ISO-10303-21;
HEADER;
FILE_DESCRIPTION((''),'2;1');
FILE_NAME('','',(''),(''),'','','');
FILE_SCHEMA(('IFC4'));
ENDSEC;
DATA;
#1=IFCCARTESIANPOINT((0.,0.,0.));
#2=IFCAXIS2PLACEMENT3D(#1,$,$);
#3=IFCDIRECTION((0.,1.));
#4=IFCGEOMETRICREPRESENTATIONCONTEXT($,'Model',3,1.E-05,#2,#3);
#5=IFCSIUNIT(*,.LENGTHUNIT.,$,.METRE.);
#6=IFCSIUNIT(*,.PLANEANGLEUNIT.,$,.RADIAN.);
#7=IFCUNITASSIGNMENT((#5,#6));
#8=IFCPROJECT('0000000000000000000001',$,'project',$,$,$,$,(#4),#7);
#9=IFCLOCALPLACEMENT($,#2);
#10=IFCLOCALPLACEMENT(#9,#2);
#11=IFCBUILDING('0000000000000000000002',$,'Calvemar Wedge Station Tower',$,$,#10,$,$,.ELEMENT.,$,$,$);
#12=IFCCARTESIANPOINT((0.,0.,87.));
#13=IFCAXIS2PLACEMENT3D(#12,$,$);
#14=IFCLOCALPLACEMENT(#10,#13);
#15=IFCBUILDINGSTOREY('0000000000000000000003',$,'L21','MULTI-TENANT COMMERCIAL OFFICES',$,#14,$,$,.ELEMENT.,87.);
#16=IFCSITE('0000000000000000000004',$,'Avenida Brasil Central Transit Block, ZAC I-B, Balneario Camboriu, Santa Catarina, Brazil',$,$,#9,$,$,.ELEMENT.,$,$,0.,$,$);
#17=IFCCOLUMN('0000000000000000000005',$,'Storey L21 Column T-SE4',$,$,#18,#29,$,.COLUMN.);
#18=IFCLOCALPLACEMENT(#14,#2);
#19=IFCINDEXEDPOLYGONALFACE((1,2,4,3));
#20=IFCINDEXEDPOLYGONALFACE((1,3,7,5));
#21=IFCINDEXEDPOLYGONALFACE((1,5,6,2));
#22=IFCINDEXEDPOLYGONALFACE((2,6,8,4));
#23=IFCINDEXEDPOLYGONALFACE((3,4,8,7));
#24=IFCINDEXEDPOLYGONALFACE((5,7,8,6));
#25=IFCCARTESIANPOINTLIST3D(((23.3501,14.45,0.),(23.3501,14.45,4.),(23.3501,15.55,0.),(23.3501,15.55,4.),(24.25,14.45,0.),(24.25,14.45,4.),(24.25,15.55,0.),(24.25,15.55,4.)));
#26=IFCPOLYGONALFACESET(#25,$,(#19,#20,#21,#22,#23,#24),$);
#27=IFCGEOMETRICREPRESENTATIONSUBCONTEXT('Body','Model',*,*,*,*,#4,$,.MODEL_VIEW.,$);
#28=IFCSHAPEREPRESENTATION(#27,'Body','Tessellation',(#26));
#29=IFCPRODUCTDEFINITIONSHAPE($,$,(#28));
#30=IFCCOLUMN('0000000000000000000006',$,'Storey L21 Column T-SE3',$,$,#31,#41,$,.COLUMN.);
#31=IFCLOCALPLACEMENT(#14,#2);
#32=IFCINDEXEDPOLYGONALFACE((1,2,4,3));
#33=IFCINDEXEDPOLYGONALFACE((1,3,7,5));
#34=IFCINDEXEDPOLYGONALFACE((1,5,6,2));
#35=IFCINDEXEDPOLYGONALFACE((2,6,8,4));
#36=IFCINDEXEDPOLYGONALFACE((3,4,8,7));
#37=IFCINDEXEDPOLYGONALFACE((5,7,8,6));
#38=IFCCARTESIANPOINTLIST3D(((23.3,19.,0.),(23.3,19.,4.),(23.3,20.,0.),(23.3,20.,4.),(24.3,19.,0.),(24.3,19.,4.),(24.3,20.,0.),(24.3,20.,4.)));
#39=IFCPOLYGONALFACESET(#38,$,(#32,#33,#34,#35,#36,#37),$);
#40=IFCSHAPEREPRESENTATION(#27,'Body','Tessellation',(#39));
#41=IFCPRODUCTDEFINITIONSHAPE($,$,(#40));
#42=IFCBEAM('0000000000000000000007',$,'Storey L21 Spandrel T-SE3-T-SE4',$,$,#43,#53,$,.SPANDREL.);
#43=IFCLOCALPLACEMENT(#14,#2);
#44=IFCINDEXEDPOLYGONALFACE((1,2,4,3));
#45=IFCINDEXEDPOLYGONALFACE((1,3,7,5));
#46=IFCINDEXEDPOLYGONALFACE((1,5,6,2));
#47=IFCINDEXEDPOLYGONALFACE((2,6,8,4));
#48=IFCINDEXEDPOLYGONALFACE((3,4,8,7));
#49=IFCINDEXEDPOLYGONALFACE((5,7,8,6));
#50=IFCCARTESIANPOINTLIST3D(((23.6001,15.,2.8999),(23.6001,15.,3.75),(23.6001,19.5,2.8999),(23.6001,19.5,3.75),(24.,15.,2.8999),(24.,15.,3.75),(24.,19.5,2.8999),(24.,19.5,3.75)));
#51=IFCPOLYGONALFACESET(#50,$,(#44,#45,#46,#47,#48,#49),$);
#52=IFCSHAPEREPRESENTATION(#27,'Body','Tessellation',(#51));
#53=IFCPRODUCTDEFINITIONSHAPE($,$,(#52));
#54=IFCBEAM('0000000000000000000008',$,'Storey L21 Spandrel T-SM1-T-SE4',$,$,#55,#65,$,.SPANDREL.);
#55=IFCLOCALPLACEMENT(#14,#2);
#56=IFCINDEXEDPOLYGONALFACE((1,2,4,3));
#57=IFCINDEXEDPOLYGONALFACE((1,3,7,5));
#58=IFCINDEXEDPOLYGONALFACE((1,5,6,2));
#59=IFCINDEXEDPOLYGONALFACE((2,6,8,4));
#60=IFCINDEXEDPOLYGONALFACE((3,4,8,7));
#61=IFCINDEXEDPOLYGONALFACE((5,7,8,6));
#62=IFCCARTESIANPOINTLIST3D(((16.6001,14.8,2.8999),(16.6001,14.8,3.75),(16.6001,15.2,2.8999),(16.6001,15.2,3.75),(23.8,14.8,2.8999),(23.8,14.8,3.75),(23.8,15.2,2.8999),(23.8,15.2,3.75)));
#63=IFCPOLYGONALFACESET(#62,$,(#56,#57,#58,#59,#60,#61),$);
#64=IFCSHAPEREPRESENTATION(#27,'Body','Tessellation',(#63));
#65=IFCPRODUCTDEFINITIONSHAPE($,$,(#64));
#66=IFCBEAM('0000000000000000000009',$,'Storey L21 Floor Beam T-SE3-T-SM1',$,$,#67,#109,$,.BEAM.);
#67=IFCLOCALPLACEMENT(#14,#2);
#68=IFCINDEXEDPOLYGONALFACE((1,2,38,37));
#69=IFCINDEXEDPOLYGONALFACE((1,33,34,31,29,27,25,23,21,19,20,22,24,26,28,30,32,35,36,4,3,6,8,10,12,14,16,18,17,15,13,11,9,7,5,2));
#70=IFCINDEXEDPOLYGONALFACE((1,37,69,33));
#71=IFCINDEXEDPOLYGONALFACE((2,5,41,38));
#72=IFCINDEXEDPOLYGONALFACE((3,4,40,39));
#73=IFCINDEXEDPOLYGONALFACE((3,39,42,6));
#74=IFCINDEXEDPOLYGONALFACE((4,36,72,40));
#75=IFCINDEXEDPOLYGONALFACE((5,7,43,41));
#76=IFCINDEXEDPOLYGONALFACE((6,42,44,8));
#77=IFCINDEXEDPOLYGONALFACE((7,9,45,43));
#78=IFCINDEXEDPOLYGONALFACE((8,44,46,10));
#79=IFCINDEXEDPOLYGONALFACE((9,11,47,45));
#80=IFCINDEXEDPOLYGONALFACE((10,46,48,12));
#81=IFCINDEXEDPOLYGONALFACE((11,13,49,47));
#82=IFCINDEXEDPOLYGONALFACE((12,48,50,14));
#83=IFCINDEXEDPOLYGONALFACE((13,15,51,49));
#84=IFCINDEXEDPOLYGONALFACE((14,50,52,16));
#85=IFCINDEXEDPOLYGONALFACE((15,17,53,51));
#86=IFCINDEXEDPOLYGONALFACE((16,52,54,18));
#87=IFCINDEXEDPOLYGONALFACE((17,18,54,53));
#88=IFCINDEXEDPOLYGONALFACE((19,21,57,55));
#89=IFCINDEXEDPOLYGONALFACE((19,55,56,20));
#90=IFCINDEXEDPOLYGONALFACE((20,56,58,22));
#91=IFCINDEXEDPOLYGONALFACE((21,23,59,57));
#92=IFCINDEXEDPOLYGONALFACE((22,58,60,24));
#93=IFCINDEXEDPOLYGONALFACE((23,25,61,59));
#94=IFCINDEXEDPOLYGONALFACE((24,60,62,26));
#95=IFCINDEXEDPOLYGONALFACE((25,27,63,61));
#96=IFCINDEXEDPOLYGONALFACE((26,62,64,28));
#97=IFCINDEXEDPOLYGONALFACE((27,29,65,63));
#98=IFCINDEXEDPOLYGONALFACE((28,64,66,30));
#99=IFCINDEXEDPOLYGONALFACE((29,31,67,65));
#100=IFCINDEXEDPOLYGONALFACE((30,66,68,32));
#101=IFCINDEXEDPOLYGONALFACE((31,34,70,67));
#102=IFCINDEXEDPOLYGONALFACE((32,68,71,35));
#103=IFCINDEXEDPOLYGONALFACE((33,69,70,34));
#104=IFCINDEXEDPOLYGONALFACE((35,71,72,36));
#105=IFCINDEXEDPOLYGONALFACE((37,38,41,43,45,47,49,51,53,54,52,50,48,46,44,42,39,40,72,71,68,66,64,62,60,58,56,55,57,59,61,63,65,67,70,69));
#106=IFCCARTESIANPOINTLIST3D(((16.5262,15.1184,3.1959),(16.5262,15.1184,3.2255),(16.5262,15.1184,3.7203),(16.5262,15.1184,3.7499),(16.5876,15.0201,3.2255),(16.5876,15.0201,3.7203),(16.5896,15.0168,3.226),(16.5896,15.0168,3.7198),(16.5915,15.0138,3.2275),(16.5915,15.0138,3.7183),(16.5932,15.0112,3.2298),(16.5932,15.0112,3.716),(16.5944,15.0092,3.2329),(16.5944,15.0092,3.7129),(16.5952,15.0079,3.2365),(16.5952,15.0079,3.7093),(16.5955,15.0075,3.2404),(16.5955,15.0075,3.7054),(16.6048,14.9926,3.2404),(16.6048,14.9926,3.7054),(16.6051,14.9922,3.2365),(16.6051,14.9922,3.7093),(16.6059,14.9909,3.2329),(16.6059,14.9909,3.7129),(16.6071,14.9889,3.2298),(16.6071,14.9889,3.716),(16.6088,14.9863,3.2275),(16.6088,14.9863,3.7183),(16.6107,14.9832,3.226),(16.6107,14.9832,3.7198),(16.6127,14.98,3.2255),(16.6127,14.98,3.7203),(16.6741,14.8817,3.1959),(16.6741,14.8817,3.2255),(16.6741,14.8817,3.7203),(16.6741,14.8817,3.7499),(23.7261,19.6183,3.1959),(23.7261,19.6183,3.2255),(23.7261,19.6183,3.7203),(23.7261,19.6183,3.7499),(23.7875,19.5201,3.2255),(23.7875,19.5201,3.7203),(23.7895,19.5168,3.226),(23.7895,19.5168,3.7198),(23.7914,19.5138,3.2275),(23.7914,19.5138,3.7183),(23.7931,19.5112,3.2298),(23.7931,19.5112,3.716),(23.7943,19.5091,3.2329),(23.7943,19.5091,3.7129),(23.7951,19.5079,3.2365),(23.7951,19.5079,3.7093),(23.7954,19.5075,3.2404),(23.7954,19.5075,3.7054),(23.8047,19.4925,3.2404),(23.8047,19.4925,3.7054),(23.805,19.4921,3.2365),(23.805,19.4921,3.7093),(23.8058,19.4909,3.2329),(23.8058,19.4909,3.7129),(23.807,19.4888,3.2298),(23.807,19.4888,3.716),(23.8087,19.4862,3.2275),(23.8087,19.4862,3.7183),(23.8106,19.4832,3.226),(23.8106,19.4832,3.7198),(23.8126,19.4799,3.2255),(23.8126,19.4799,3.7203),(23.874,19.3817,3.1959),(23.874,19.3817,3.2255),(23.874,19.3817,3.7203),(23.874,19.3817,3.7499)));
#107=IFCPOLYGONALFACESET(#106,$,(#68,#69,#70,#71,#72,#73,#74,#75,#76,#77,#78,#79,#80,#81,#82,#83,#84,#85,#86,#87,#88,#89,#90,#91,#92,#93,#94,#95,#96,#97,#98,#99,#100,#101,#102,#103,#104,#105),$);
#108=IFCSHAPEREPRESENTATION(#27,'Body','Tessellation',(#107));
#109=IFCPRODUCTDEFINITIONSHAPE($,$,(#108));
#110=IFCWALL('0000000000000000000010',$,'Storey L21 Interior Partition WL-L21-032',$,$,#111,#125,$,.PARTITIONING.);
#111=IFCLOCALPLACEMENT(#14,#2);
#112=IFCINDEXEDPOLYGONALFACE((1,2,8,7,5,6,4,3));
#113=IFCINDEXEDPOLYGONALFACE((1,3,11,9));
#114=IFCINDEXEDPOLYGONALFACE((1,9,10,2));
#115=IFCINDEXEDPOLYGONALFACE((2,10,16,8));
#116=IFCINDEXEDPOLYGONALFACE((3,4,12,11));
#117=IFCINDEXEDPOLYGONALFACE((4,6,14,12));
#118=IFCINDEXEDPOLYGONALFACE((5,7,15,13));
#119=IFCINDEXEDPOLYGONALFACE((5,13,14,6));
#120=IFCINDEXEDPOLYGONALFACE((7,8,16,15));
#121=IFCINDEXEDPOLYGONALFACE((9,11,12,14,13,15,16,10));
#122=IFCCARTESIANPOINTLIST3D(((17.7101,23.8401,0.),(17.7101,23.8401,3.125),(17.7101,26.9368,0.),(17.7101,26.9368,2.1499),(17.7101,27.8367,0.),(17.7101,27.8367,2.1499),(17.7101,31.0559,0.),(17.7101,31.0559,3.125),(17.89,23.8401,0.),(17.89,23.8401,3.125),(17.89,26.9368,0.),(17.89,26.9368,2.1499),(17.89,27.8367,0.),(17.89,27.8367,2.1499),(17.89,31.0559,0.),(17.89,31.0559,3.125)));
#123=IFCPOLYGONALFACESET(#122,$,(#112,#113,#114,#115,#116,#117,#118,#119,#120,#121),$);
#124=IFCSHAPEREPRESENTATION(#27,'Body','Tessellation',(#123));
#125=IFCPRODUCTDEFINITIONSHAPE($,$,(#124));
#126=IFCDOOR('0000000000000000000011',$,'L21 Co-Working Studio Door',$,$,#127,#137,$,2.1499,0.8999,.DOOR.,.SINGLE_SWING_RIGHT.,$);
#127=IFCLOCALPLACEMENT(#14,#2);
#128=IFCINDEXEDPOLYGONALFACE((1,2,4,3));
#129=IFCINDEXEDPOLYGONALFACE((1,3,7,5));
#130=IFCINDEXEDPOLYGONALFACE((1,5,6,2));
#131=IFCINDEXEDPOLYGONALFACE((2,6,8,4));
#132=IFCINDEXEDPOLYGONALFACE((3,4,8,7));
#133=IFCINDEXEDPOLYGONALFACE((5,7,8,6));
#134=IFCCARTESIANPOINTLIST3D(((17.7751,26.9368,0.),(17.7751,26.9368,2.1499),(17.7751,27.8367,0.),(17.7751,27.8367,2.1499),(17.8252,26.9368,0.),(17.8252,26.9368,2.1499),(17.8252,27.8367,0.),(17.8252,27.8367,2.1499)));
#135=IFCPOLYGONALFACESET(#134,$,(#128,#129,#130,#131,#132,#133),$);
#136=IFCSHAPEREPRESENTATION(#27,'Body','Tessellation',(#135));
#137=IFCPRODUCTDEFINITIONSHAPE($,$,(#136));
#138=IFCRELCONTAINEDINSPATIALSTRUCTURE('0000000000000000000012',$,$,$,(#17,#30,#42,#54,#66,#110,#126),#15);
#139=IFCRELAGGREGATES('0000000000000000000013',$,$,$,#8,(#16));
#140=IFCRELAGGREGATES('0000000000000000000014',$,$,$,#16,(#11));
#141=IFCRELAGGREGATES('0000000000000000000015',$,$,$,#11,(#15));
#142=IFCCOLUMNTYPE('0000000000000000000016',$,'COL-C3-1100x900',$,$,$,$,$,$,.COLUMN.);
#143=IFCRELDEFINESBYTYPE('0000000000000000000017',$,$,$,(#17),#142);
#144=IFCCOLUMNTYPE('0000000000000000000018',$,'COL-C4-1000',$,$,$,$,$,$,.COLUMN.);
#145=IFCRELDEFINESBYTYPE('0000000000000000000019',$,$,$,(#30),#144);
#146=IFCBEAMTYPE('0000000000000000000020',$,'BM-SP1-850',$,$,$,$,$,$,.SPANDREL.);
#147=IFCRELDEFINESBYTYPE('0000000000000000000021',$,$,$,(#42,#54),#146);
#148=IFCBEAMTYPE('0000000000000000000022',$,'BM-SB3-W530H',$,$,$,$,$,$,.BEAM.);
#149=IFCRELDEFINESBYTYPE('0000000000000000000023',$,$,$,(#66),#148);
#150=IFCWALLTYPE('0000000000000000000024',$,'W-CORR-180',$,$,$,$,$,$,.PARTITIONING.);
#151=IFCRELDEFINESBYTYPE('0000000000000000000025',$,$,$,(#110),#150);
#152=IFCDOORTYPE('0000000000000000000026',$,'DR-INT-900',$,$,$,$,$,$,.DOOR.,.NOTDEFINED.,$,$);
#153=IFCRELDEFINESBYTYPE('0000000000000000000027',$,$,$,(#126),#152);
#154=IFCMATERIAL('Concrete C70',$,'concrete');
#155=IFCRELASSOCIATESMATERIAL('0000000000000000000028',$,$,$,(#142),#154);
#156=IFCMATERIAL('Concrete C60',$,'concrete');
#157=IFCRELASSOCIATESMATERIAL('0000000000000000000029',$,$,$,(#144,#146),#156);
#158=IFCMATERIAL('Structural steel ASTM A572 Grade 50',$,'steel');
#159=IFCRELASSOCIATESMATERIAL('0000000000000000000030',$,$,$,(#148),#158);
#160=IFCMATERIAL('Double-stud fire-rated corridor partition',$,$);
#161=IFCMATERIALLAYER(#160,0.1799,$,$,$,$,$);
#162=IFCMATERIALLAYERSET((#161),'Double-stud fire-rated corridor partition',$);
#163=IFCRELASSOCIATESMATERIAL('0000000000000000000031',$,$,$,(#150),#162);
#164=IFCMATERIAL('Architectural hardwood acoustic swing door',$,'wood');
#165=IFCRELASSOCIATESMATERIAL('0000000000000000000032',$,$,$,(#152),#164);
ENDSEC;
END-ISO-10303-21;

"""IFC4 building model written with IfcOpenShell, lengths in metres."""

from ifc_helpers import new_model, si_unit, direction, frame, frame_2d, origin, origin_2d, place, context, subcontext, project, spatial, rectangle, i_section, extrude, source, transform, mapped, material, layer, layer_set, material_profile, profile_set, type_object, element, fill, save


model = new_model("IFC4")

# Units and contexts
model_context = context("Model", 3, precision=1e-05, world=origin(), true_north=direction((0.0, 1.0)))
body_context = subcontext(model_context, "Body", "Model", "MODEL_VIEW")
ifc_project = project(units=[si_unit("LENGTHUNIT", "METRE"), si_unit("PLANEANGLEUNIT", "RADIAN")], contexts=[model_context])

# Site, building, storey
site_placement = place(None, origin())
site = spatial("IfcSite", under=ifc_project, at=site_placement, Name="Avenida Brasil Central Transit Block, ZAC I-B, Balneario Camboriu, Santa Catarina, Brazil", CompositionType="ELEMENT", RefElevation=0.0)
building_placement = place(site_placement, origin())
building = spatial("IfcBuilding", under=site, at=building_placement, Name="Calvemar Wedge Station Tower", CompositionType="ELEMENT")
storey_placement = place(building_placement, frame((0.0, 0.0, 87.0)))
storey = spatial("IfcBuildingStorey", under=building, at=storey_placement, Name="L21", Description="MULTI-TENANT COMMERCIAL OFFICES", CompositionType="ELEMENT", Elevation=87.0)

# Columns
ifc_material_1 = material(Name="Concrete C70", Category="concrete")
ifc_material_profile_1 = material_profile(ifc_material_1, rectangle(XDim=0.8999, YDim=1.1001, at=origin_2d()), Name="RC1100x900")
ifc_profile_set_1 = profile_set([ifc_material_profile_1], Name="Concrete C70")
column_type_1 = type_object("IfcColumnType", Name="COL-C3-1100x900", PredefinedType="COLUMN", material=ifc_profile_set_1)
shared_shape_1 = source(origin(), body_context, "Body", "SweptSolid", [
    extrude(rectangle(XDim=0.8999, YDim=1.1001, at=origin_2d()), origin(), (0.0, 0.0, 1.0), 4.0),
])
column_1_placement = place(storey_placement, frame((23.8, 15.0, 0.0), z_axis=(0.0, 0.0, 1.0), x_axis=(1.0, 0.0, 0.0)))
element("IfcColumn", 1, at=column_1_placement, inside=storey, type_object=column_type_1, Name="Storey L21 Column T-SE4", PredefinedType="COLUMN", context=body_context, shape_type="MappedRepresentation", body=[
    mapped(shared_shape_1, transform((0.0, 0.0, 0.0), scale=1.0)),
])
ifc_material_2 = material(Name="Concrete C60", Category="concrete")
ifc_material_profile_2 = material_profile(ifc_material_2, rectangle(XDim=1.0, YDim=1.0, at=origin_2d()), Name="RC1000x1000")
ifc_profile_set_2 = profile_set([ifc_material_profile_2], Name="Concrete C60")
column_type_2 = type_object("IfcColumnType", Name="COL-C4-1000", PredefinedType="COLUMN", material=ifc_profile_set_2)
shared_shape_2 = source(origin(), body_context, "Body", "SweptSolid", [
    extrude(rectangle(XDim=1.0, YDim=1.0, at=origin_2d()), origin(), (0.0, 0.0, 1.0), 4.0),
])
column_2_placement = place(storey_placement, frame((23.8, 19.5, 0.0), z_axis=(0.0, 0.0, 1.0), x_axis=(1.0, 0.0, 0.0)))
element("IfcColumn", 2, at=column_2_placement, inside=storey, type_object=column_type_2, Name="Storey L21 Column T-SE3", PredefinedType="COLUMN", context=body_context, shape_type="MappedRepresentation", body=[
    mapped(shared_shape_2, transform((0.0, 0.0, 0.0), scale=1.0)),
])

# Beams
ifc_material_profile_3 = material_profile(ifc_material_2, rectangle(XDim=0.3999, YDim=0.8501, at=origin_2d()), Name="RC400x850")
ifc_profile_set_3 = profile_set([ifc_material_profile_3], Name="Concrete C60")
beam_type_1 = type_object("IfcBeamType", Name="BM-SP1-850", PredefinedType="SPANDREL", material=ifc_profile_set_3)
shared_shape_3 = source(origin(), body_context, "Body", "SweptSolid", [
    extrude(rectangle(XDim=0.3999, YDim=0.8501, at=origin_2d()), origin(), (0.0, 0.0, 1.0), 4.5),
])
beam_1_placement = place(storey_placement, frame((23.8, 19.5, 3.325), z_axis=(0.0, -1.0, 0.0), x_axis=(1.0, 0.0, 0.0)))
element("IfcBeam", 3, at=beam_1_placement, inside=storey, type_object=beam_type_1, Name="Storey L21 Spandrel T-SE3-T-SE4", PredefinedType="SPANDREL", context=body_context, shape_type="MappedRepresentation", body=[
    mapped(shared_shape_3, transform((0.0, 0.0, 0.0), scale=1.0)),
])
shared_shape_4 = source(origin(), body_context, "Body", "SweptSolid", [
    extrude(rectangle(XDim=0.3999, YDim=0.8501, at=origin_2d()), origin(), (0.0, 0.0, 1.0), 7.2),
])
beam_2_placement = place(storey_placement, frame((16.6001, 15.0, 3.325), z_axis=(1.0, 0.0, 0.0), x_axis=(0.0, 1.0, 0.0)))
element("IfcBeam", 4, at=beam_2_placement, inside=storey, type_object=beam_type_1, Name="Storey L21 Spandrel T-SM1-T-SE4", PredefinedType="SPANDREL", context=body_context, shape_type="MappedRepresentation", body=[
    mapped(shared_shape_4, transform((0.0, 0.0, 0.0), scale=1.0)),
])
ifc_material_3 = material(Name="Structural steel ASTM A572 Grade 50", Category="steel")
ifc_material_profile_4 = material_profile(ifc_material_3, i_section(OverallWidth=0.2791, OverallDepth=0.554, WebThickness=0.0176, FlangeThickness=0.0295, FilletRadius=0.0149, at=origin_2d()), Name="W530x196")
ifc_profile_set_4 = profile_set([ifc_material_profile_4], Name="Structural steel ASTM A572 Grade 50")
beam_type_2 = type_object("IfcBeamType", Name="BM-SB3-W530H", PredefinedType="BEAM", material=ifc_profile_set_4)
shared_shape_5 = source(origin(), body_context, "Body", "SweptSolid", [
    extrude(i_section(OverallWidth=0.2791, OverallDepth=0.554, WebThickness=0.0176, FlangeThickness=0.0295, FilletRadius=0.0149, at=origin_2d()), origin(), (0.0, 0.0, 1.0), 8.4905),
])
beam_3_placement = place(storey_placement, frame((23.8, 19.5, 3.4729), z_axis=(-0.847997, -0.530002, 0.0), x_axis=(0.530002, -0.847997, 0.0)))
element("IfcBeam", 5, at=beam_3_placement, inside=storey, type_object=beam_type_2, Name="Storey L21 Floor Beam T-SE3-T-SM1", PredefinedType="BEAM", context=body_context, shape_type="MappedRepresentation", body=[
    mapped(shared_shape_5, transform((0.0, 0.0, 0.0), scale=1.0)),
])

# Wall, opening, door
ifc_material_4 = material(Name="Double-stud fire-rated corridor partition")
ifc_layer_1 = layer(ifc_material_4, 0.1799)
ifc_layer_set_1 = layer_set([ifc_layer_1], Name="Double-stud fire-rated corridor partition")
wall_type_1 = type_object("IfcWallType", Name="W-CORR-180", PredefinedType="PARTITIONING", material=ifc_layer_set_1)
wall_1_placement = place(storey_placement, frame((17.8, 23.8401, 0.0), z_axis=(0.0, 0.0, 1.0), x_axis=(0.0, 1.0, 0.0)))
wall_1 = element("IfcWall", 6, at=wall_1_placement, inside=storey, type_object=wall_type_1, Name="Storey L21 Interior Partition WL-L21-032", PredefinedType="PARTITIONING", context=body_context, shape_type="SweptSolid", body=[
    extrude(rectangle(XDim=7.2158, YDim=0.1799, at=frame_2d((3.6079, 0.0))), origin(), (0.0, 0.0, 1.0), 3.125),
])
shared_shape_6 = source(origin(), body_context, "Body", "SweptSolid", [
    extrude(rectangle(XDim=0.8999, YDim=2.1499, at=frame_2d((0.45, 1.075))), frame((0.0, 0.1001, 0.0), z_axis=(0.0, -1.0, 0.0), x_axis=(1.0, 0.0, 0.0)), (0.0, 0.0, 1.0), 0.2),
])
opening_1_placement = place(wall_1_placement, frame((3.0967, 0.0, 0.0)))
opening_1 = element("IfcOpeningElement", 7, at=opening_1_placement, cuts=wall_1, PredefinedType="OPENING", context=body_context, shape_type="MappedRepresentation", body=[
    mapped(shared_shape_6, transform((0.0, 0.0, 0.0), scale=1.0)),
])
ifc_material_5 = material(Name="Architectural hardwood acoustic swing door", Category="wood")
door_type_1 = type_object("IfcDoorType", Name="DR-INT-900", OperationType="NOTDEFINED", PredefinedType="DOOR", material=ifc_material_5)
shared_shape_7 = source(origin(), body_context, "Body", "SweptSolid", [
    extrude(rectangle(XDim=0.8999, YDim=2.1499, at=frame_2d((0.45, 1.075))), frame((0.0, 0.0249, 0.0), z_axis=(0.0, -1.0, 0.0), x_axis=(1.0, 0.0, 0.0)), (0.0, 0.0, 1.0), 0.05),
])
door_1_placement = place(opening_1_placement, origin())
door_1 = element("IfcDoor", 8, at=door_1_placement, inside=storey, type_object=door_type_1, Name="L21 Co-Working Studio Door", OperationType="SINGLE_SWING_RIGHT", OverallHeight=2.1499, OverallWidth=0.8999, PredefinedType="DOOR", context=body_context, shape_type="MappedRepresentation", body=[
    mapped(shared_shape_7, transform((0.0, 0.0, 0.0), scale=1.0)),
])
fill(opening_1, door_1)

save(model, "model.ifc")
